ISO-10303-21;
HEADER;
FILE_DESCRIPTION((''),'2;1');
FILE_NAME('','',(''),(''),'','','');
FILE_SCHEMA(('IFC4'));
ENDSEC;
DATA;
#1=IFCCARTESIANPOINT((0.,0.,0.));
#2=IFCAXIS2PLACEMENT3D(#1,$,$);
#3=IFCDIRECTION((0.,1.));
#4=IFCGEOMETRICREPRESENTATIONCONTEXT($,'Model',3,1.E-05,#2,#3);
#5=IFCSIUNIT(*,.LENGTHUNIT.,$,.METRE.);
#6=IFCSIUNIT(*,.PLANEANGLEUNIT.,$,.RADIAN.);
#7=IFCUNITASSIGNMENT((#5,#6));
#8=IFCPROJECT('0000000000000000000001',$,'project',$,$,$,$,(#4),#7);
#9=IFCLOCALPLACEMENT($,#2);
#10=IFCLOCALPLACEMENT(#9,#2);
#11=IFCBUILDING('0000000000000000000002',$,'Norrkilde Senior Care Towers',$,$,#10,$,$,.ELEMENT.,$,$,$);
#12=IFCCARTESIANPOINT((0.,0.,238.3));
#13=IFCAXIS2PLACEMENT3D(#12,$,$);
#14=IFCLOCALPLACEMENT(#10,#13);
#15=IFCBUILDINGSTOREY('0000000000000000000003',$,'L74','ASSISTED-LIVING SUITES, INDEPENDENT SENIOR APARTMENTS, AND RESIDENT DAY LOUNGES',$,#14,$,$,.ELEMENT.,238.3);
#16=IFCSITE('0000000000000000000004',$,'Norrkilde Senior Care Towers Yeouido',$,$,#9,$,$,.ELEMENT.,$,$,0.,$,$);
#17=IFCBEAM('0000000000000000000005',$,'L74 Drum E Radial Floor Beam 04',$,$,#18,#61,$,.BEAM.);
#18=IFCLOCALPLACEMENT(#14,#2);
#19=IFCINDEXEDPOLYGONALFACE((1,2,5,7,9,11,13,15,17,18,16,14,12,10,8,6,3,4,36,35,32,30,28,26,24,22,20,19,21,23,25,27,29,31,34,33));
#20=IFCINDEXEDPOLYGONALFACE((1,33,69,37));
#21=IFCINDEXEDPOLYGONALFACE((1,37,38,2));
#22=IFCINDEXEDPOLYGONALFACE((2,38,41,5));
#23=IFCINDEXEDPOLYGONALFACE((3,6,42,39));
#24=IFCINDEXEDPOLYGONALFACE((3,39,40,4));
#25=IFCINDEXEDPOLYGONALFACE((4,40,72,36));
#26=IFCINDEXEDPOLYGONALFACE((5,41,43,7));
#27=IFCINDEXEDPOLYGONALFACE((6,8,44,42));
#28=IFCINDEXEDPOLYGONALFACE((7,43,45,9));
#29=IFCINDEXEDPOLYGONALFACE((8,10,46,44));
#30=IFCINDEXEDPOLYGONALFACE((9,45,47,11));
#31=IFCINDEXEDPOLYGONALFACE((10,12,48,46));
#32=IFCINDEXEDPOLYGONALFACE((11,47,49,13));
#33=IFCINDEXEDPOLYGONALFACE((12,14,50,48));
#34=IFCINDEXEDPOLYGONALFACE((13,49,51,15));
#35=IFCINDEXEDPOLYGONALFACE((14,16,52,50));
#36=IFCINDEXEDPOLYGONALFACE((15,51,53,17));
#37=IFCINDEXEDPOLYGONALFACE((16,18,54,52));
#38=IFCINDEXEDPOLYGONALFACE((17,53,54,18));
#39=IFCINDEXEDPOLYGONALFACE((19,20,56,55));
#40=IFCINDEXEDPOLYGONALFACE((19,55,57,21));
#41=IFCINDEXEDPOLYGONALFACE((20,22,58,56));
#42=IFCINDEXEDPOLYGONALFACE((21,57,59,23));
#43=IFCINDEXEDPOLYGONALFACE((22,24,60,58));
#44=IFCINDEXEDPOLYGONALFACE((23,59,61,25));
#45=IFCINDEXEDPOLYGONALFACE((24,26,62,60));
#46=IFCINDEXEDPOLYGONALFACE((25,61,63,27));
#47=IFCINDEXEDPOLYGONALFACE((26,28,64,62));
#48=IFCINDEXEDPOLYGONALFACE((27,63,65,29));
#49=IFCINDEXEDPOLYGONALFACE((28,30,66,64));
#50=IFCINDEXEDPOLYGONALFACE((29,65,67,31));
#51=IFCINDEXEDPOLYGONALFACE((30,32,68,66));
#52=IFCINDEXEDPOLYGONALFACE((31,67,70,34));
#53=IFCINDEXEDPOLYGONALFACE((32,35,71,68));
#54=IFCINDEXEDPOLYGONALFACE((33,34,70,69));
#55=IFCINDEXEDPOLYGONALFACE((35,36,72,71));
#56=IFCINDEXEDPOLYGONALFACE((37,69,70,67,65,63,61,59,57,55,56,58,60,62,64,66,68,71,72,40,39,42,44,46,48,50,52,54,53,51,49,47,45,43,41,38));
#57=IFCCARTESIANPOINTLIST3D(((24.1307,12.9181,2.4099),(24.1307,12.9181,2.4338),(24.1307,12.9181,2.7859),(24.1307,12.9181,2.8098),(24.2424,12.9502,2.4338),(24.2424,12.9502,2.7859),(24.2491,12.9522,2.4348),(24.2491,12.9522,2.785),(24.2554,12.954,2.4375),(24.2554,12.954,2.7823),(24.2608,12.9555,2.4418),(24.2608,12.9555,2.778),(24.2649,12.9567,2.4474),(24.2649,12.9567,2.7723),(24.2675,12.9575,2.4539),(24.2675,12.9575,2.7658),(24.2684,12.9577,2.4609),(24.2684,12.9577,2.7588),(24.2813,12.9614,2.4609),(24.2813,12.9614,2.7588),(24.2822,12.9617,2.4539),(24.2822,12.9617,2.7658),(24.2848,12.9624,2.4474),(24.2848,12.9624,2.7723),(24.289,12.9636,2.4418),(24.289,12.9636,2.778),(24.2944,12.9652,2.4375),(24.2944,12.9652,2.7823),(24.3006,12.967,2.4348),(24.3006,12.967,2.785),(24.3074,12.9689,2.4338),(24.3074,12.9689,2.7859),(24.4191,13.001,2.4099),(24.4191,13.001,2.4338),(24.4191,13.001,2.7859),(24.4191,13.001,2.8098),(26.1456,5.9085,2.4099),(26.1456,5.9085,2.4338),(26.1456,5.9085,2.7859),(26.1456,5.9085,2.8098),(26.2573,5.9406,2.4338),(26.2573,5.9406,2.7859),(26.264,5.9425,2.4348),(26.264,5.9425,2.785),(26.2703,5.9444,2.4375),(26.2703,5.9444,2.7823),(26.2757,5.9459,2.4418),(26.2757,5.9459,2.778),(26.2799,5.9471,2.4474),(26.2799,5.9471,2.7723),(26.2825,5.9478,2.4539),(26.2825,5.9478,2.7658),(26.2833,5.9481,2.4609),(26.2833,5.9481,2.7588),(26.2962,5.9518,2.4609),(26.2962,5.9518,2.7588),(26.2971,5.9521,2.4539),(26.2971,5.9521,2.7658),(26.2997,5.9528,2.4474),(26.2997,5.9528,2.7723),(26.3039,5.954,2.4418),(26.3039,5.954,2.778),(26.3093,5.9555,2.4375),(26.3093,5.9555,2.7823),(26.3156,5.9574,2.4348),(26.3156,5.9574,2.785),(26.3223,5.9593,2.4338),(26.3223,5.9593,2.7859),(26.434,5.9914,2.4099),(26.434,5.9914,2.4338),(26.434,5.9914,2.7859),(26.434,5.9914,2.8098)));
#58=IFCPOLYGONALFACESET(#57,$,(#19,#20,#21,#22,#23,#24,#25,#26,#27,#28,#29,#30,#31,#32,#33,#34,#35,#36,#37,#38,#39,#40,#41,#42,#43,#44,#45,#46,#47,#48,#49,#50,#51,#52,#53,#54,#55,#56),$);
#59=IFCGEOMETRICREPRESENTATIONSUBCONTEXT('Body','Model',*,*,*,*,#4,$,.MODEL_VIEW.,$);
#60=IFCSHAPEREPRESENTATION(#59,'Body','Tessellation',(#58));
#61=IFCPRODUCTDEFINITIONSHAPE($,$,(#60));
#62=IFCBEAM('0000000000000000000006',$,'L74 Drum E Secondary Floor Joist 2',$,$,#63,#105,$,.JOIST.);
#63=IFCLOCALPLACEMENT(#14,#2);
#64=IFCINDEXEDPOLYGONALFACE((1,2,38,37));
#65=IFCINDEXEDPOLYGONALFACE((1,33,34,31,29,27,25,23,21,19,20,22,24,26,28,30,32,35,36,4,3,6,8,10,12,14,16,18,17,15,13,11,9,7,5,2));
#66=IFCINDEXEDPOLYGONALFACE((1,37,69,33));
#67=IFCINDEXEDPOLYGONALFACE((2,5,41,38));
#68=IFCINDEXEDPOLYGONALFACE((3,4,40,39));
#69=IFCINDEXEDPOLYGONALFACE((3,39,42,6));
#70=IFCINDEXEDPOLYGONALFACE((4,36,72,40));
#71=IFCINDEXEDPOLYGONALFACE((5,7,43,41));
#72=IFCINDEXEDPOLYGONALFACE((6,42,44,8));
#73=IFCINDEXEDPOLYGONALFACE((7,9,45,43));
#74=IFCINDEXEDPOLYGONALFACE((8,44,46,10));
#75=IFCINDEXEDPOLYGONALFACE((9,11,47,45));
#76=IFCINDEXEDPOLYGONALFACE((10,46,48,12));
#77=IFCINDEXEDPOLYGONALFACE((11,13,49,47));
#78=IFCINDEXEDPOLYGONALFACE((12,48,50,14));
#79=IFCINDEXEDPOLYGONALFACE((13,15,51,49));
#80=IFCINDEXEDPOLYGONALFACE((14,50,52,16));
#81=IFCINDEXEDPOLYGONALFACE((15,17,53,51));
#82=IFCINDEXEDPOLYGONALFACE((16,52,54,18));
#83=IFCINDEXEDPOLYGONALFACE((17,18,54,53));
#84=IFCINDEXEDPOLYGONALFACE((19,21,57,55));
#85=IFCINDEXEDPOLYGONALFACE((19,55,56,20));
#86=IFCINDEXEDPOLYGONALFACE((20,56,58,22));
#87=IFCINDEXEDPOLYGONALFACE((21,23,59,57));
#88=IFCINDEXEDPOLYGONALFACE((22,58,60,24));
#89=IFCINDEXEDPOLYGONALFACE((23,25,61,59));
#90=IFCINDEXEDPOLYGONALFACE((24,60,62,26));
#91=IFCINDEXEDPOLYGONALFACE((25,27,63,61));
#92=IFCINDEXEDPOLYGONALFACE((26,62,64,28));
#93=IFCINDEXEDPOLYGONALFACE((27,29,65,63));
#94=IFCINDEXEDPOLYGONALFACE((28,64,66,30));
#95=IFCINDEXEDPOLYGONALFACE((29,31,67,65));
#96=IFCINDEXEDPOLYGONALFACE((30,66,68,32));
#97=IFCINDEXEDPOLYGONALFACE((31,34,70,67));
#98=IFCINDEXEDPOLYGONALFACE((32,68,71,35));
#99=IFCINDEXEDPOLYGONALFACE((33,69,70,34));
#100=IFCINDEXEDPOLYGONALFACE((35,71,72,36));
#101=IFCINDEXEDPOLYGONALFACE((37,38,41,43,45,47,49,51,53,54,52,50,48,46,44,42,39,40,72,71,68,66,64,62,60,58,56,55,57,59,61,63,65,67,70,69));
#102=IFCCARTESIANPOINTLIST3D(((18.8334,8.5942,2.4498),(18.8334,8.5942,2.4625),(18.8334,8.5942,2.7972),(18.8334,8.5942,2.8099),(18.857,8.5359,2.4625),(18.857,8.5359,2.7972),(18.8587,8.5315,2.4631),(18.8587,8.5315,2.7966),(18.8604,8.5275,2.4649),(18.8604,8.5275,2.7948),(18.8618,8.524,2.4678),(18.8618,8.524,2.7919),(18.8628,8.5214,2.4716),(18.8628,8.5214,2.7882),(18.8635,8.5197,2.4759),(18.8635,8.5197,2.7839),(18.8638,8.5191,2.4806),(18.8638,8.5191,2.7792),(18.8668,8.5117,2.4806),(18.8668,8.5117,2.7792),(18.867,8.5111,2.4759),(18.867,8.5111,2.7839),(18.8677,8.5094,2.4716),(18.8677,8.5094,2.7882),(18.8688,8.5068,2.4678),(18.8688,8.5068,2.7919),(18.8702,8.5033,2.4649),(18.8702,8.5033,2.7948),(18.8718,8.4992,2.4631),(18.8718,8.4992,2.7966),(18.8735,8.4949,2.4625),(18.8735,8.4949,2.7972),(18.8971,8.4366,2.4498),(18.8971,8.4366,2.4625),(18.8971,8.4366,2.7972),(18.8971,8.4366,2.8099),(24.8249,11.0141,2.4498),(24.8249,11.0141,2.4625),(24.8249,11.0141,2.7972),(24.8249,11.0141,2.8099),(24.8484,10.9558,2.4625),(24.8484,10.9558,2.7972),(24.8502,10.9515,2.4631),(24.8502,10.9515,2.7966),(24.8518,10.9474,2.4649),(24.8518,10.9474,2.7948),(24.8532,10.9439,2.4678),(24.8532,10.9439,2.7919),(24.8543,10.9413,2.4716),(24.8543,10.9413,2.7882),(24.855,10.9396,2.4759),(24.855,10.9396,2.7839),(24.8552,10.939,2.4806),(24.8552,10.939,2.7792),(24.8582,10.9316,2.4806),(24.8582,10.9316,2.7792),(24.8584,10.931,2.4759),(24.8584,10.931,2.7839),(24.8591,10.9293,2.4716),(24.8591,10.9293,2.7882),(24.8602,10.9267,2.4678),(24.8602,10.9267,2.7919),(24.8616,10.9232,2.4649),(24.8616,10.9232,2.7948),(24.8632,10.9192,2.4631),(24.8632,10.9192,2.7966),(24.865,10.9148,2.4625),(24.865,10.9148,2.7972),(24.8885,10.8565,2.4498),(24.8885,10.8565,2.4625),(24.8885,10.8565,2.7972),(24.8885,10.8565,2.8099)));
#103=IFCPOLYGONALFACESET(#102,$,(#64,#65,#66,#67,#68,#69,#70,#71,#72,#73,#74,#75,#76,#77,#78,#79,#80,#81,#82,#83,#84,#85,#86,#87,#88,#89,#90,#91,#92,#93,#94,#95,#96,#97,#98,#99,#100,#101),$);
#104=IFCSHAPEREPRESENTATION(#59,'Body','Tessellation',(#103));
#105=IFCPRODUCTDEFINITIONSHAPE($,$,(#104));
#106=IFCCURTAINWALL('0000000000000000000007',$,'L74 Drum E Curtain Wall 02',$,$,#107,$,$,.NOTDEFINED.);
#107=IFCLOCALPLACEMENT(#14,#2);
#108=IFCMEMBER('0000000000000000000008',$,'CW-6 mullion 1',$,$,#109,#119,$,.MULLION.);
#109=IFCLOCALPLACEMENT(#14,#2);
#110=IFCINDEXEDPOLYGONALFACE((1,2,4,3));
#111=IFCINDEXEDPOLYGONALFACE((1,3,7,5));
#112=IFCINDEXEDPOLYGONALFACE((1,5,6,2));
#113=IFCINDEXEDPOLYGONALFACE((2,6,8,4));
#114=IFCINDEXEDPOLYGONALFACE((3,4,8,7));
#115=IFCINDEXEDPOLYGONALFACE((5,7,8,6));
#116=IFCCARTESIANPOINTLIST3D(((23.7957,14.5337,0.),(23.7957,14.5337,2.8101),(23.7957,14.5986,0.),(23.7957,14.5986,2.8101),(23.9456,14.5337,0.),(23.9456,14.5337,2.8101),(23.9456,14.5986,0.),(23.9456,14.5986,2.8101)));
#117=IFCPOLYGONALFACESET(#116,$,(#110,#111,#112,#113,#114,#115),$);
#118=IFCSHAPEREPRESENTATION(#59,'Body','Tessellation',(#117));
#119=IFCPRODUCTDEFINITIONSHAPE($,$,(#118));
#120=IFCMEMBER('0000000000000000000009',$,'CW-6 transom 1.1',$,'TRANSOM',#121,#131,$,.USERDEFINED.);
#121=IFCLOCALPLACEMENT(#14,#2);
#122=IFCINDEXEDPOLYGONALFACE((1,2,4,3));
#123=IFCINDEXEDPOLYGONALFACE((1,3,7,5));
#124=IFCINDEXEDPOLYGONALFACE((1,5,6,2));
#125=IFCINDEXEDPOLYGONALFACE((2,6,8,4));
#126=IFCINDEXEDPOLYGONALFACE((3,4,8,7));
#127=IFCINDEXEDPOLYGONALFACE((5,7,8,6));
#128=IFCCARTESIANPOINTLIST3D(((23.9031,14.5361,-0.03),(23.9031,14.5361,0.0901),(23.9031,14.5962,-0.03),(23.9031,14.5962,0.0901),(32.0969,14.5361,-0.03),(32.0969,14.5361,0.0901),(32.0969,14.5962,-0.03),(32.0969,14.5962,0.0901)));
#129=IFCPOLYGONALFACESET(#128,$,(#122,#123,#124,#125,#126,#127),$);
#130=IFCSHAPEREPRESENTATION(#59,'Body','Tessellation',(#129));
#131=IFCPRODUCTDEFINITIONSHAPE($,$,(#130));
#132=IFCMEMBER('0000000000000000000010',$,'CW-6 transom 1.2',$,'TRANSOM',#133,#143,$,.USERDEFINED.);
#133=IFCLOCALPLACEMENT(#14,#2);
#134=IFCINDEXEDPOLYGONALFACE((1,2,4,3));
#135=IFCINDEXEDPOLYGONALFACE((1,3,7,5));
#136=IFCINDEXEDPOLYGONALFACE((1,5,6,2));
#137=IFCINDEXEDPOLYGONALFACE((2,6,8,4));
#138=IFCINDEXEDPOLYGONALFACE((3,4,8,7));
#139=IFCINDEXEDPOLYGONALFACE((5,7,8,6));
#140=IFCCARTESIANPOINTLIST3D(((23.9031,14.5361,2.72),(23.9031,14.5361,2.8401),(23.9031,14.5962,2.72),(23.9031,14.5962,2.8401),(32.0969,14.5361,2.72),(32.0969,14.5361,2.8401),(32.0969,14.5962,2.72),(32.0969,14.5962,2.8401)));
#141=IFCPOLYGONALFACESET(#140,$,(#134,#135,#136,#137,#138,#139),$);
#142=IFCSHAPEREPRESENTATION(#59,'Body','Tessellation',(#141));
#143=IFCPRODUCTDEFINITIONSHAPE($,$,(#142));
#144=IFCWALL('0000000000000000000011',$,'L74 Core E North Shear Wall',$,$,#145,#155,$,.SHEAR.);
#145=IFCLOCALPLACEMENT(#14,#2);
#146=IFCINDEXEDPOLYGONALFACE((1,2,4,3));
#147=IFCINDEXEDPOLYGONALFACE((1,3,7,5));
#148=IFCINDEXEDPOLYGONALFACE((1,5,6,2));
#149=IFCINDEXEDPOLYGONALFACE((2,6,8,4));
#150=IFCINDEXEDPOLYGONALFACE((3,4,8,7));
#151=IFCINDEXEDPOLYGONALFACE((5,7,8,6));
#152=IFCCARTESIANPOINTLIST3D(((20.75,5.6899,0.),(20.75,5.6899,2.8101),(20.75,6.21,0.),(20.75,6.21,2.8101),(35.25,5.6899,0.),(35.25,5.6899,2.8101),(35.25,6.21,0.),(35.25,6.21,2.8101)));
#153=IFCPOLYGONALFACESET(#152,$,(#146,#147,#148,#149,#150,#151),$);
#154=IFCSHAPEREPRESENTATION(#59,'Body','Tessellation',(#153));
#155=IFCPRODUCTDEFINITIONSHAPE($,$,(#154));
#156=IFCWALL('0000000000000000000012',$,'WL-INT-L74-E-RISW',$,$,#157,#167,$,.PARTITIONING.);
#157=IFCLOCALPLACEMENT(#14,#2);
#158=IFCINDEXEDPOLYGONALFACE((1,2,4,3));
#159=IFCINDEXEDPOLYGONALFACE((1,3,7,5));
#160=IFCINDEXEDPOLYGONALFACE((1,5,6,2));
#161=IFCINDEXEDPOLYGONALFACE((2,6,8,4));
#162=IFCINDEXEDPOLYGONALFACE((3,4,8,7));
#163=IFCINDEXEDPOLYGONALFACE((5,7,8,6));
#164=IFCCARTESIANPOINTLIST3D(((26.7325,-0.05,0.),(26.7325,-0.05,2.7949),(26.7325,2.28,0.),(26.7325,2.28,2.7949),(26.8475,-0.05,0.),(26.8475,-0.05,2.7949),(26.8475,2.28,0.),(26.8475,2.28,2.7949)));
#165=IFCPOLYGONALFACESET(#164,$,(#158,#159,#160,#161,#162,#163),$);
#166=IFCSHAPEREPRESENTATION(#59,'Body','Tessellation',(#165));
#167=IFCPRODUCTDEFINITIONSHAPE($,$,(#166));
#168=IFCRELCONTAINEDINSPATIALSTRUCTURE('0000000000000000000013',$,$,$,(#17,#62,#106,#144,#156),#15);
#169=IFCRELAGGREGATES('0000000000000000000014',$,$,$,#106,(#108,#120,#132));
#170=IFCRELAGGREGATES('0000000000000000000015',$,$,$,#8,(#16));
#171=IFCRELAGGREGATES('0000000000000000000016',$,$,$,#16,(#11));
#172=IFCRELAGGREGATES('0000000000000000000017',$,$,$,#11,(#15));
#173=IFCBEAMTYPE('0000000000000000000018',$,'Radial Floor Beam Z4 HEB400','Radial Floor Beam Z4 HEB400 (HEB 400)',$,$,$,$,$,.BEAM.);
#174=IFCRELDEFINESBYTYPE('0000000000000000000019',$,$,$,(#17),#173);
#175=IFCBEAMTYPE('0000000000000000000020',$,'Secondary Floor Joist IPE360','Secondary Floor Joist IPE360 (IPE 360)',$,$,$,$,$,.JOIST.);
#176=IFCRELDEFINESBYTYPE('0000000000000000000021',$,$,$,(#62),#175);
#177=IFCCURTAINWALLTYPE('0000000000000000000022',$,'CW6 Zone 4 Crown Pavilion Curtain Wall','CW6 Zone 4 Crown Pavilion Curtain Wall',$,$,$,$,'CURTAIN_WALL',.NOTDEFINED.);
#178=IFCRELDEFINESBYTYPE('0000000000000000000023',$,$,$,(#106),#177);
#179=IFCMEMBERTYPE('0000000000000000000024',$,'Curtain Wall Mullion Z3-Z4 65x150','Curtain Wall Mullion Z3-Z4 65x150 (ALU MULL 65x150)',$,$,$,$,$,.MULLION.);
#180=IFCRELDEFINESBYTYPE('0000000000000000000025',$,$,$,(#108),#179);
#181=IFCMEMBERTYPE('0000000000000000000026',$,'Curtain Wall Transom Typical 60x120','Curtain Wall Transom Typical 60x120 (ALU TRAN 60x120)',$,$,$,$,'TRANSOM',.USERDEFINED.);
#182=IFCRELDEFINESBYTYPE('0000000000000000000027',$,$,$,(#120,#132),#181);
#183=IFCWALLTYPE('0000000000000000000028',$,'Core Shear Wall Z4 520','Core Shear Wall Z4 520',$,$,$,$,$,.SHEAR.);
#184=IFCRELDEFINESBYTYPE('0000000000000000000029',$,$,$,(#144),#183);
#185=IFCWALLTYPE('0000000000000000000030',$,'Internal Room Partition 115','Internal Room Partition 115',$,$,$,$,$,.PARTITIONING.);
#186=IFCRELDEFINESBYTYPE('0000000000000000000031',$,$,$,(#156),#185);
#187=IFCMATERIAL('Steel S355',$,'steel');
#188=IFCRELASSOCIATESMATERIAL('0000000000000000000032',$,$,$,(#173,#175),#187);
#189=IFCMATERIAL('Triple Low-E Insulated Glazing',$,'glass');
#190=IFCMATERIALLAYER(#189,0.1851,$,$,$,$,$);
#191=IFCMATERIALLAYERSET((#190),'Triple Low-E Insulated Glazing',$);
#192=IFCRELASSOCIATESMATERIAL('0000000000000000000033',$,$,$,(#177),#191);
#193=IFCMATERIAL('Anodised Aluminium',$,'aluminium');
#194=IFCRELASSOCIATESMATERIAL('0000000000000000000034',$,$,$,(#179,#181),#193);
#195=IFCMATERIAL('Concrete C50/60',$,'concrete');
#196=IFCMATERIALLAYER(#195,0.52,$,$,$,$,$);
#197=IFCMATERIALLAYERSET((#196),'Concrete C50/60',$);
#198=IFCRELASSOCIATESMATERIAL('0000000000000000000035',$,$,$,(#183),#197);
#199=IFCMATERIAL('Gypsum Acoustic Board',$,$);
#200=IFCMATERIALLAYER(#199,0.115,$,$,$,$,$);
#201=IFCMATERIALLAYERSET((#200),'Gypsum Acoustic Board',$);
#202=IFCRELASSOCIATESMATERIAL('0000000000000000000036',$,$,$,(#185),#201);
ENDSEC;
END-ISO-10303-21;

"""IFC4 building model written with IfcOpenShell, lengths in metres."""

from ifc_helpers import new_model, si_unit, direction, frame, frame_2d, origin, origin_2d, place, context, subcontext, project, spatial, rectangle, i_section, extrude, source, transform, mapped, material, layer, layer_set, material_profile, profile_set, type_object, type_shapes, element, aggregate, save


model = new_model("IFC4")

# Units and contexts
model_context = context("Model", 3, precision=1e-05, world=origin(), true_north=direction((0.0, 1.0)))
body_context = subcontext(model_context, "Body", "Model", "MODEL_VIEW")
ifc_project = project(units=[si_unit("LENGTHUNIT", "METRE"), si_unit("PLANEANGLEUNIT", "RADIAN")], contexts=[model_context])

# Site, building, storey
site_placement = place(None, origin())
site = spatial("IfcSite", under=ifc_project, at=site_placement, Name="Norrkilde Senior Care Towers Yeouido", CompositionType="ELEMENT", RefElevation=0.0)
building_placement = place(site_placement, origin())
building = spatial("IfcBuilding", under=site, at=building_placement, Name="Norrkilde Senior Care Towers", CompositionType="ELEMENT")
storey_placement = place(building_placement, frame((0.0, 0.0, 238.3)))
storey = spatial("IfcBuildingStorey", under=building, at=storey_placement, Name="L74", Description="ASSISTED-LIVING SUITES, INDEPENDENT SENIOR APARTMENTS, AND RESIDENT DAY LOUNGES", CompositionType="ELEMENT", Elevation=238.3)

# Shared definitions
ifc_material_1 = material(Name="Concrete C50/60", Category="concrete")

# Beams
ifc_material_2 = material(Name="Steel S355", Category="steel")
ifc_material_profile_1 = material_profile(ifc_material_2, i_section(OverallWidth=0.3, OverallDepth=0.3999, WebThickness=0.0134, FlangeThickness=0.0239, FilletRadius=0.0271, at=origin_2d()), Name="HEB 400")
ifc_profile_set_1 = profile_set([ifc_material_profile_1], Name="Steel S355")
beam_type_1 = type_object("IfcBeamType", Name="Radial Floor Beam Z4 HEB400", Description="Radial Floor Beam Z4 HEB400 (HEB 400)", PredefinedType="BEAM", material=ifc_profile_set_1)
shared_shape_1 = source(origin(), body_context, "Body", "SweptSolid", [
    extrude(i_section(OverallWidth=0.3, OverallDepth=0.3999, WebThickness=0.0134, FlangeThickness=0.0239, FilletRadius=0.0271, at=origin_2d()), origin(), (0.0, 0.0, 1.0), 7.2935),
])
beam_1_placement = place(storey_placement, frame((26.2898, 5.95, 2.6099), z_axis=(-0.276264, 0.961082, 0.0), x_axis=(-0.961082, -0.276264, 0.0)))
element("IfcBeam", 1, at=beam_1_placement, inside=storey, type_object=beam_type_1, Name="L74 Drum E Radial Floor Beam 04", PredefinedType="BEAM", context=body_context, shape_type="MappedRepresentation", body=[
    mapped(shared_shape_1, transform((0.0, 0.0, 0.0), x_axis=(1.0, 0.0, 0.0), y_axis=(0.0, 1.0, 0.0), z_axis=(0.0, 0.0, 1.0), scale=1.0)),
])
ifc_material_profile_2 = material_profile(ifc_material_2, i_section(OverallWidth=0.1699, OverallDepth=0.3601, WebThickness=0.0081, FlangeThickness=0.0127, FilletRadius=0.0181, at=origin_2d()), Name="IPE 360")
ifc_profile_set_2 = profile_set([ifc_material_profile_2], Name="Steel S355")
beam_type_2 = type_object("IfcBeamType", Name="Secondary Floor Joist IPE360", Description="Secondary Floor Joist IPE360 (IPE 360)", PredefinedType="JOIST", material=ifc_profile_set_2)
shared_shape_2 = source(origin(), body_context, "Body", "SweptSolid", [
    extrude(i_section(OverallWidth=0.1699, OverallDepth=0.3601, WebThickness=0.0081, FlangeThickness=0.0127, FilletRadius=0.0181, at=origin_2d()), origin(), (0.0, 0.0, 1.0), 6.4617),
])
type_shapes(beam_type_2, [shared_shape_2])
beam_2_placement = place(storey_placement, frame((24.8567, 10.9353, 2.6299), z_axis=(-0.927226, -0.374502, 0.0), x_axis=(0.374502, -0.927226, 0.0)))
element("IfcBeam", 2, at=beam_2_placement, inside=storey, type_object=beam_type_2, Name="L74 Drum E Secondary Floor Joist 2", PredefinedType="JOIST", context=body_context, shape_type="MappedRepresentation", body=[
    mapped(shared_shape_2, transform((0.0, 0.0, 0.0), x_axis=(1.0, 0.0, 0.0), y_axis=(0.0, 1.0, 0.0), z_axis=(0.0, 0.0, 1.0), scale=1.0)),
])

# Curtain wall, members
ifc_material_3 = material(Name="Triple Low-E Insulated Glazing", Category="glass")
ifc_layer_1 = layer(ifc_material_3, 0.1851)
ifc_layer_set_1 = layer_set([ifc_layer_1], Name="Triple Low-E Insulated Glazing")
curtain_wall_type = type_object("IfcCurtainWallType", Name="CW6 Zone 4 Crown Pavilion Curtain Wall", Description="CW6 Zone 4 Crown Pavilion Curtain Wall", ElementType="CURTAIN_WALL", PredefinedType="NOTDEFINED", material=ifc_layer_set_1)
curtain_wall_placement = place(storey_placement, origin())
curtain_wall = element("IfcCurtainWall", 3, at=curtain_wall_placement, inside=storey, type_object=curtain_wall_type, Name="L74 Drum E Curtain Wall 02", PredefinedType="NOTDEFINED")
ifc_material_4 = material(Name="Anodised Aluminium", Category="aluminium")
ifc_material_profile_3 = material_profile(ifc_material_4, rectangle(XDim=0.0649, YDim=0.1499, at=origin_2d()), Name="ALU MULL 65x150")
ifc_profile_set_3 = profile_set([ifc_material_profile_3], Name="Anodised Aluminium")
member_type_1 = type_object("IfcMemberType", Name="Curtain Wall Mullion Z3-Z4 65x150", Description="Curtain Wall Mullion Z3-Z4 65x150 (ALU MULL 65x150)", PredefinedType="MULLION", material=ifc_profile_set_3)
shared_shape_3 = source(origin(), body_context, "Body", "SweptSolid", [
    extrude(rectangle(XDim=0.0649, YDim=0.1499, at=origin_2d()), origin(), (0.0, 0.0, 1.0), 2.8101),
])
type_shapes(member_type_1, [shared_shape_3])
member_1_placement = place(storey_placement, frame((23.8706, 14.5662, 0.0), z_axis=(0.0, 0.0, 1.0), x_axis=(0.0, 1.0, 0.0)))
member_1 = element("IfcMember", 4, at=member_1_placement, type_object=member_type_1, Name="CW-6 mullion 1", PredefinedType="MULLION", context=body_context, shape_type="MappedRepresentation", body=[
    mapped(shared_shape_3, transform((0.0, 0.0, 0.0), x_axis=(1.0, 0.0, 0.0), y_axis=(0.0, 1.0, 0.0), z_axis=(0.0, 0.0, 1.0), scale=1.0)),
])
ifc_material_profile_4 = material_profile(ifc_material_4, rectangle(XDim=0.0601, YDim=0.1201, at=origin_2d()), Name="ALU TRAN 60x120")
ifc_profile_set_4 = profile_set([ifc_material_profile_4], Name="Anodised Aluminium")
member_type_2 = type_object("IfcMemberType", Name="Curtain Wall Transom Typical 60x120", Description="Curtain Wall Transom Typical 60x120 (ALU TRAN 60x120)", ElementType="TRANSOM", PredefinedType="USERDEFINED", material=ifc_profile_set_4)
shared_shape_4 = source(origin(), body_context, "Body", "SweptSolid", [
    extrude(rectangle(XDim=0.0601, YDim=0.1201, at=origin_2d()), origin(), (0.0, 0.0, 1.0), 8.1938),
])
type_shapes(member_type_2, [shared_shape_4])
member_2_placement = place(storey_placement, frame((23.9031, 14.5662, 0.03), z_axis=(1.0, 0.0, 0.0), x_axis=(0.0, 1.0, 0.0)))
member_2 = element("IfcMember", 5, at=member_2_placement, type_object=member_type_2, Name="CW-6 transom 1.1", ObjectType="TRANSOM", PredefinedType="USERDEFINED", context=body_context, shape_type="MappedRepresentation", body=[
    mapped(shared_shape_4, transform((0.0, 0.0, 0.0), x_axis=(1.0, 0.0, 0.0), y_axis=(0.0, 1.0, 0.0), z_axis=(0.0, 0.0, 1.0), scale=1.0)),
])
member_3_placement = place(storey_placement, frame((23.9031, 14.5662, 2.78), z_axis=(1.0, 0.0, 0.0), x_axis=(0.0, 1.0, 0.0)))
member_3 = element("IfcMember", 6, at=member_3_placement, type_object=member_type_2, Name="CW-6 transom 1.2", ObjectType="TRANSOM", PredefinedType="USERDEFINED", context=body_context, shape_type="MappedRepresentation", body=[
    mapped(shared_shape_4, transform((0.0, 0.0, 0.0), x_axis=(1.0, 0.0, 0.0), y_axis=(0.0, 1.0, 0.0), z_axis=(0.0, 0.0, 1.0), scale=1.0)),
])
aggregate(curtain_wall, [member_1, member_2, member_3])

# Walls
ifc_layer_2 = layer(ifc_material_1, 0.52)
ifc_layer_set_2 = layer_set([ifc_layer_2], Name="Concrete C50/60")
wall_type_1 = type_object("IfcWallType", Name="Core Shear Wall Z4 520", Description="Core Shear Wall Z4 520", PredefinedType="SHEAR", material=ifc_layer_set_2)
shared_shape_5 = source(origin(), body_context, "Body", "SweptSolid", [
    extrude(rectangle(XDim=14.5, YDim=0.52, at=frame_2d((7.25, 0.0))), origin(), (0.0, 0.0, 1.0), 2.8101),
])
type_shapes(wall_type_1, [shared_shape_5])
wall_1_placement = place(storey_placement, frame((20.75, 5.95, 0.0), z_axis=(0.0, 0.0, 1.0), x_axis=(1.0, 0.0, 0.0)))
element("IfcWall", 7, at=wall_1_placement, inside=storey, type_object=wall_type_1, Name="L74 Core E North Shear Wall", PredefinedType="SHEAR", context=body_context, shape_type="MappedRepresentation", body=[
    mapped(shared_shape_5, transform((0.0, 0.0, 0.0), x_axis=(1.0, 0.0, 0.0), y_axis=(0.0, 1.0, 0.0), z_axis=(0.0, 0.0, 1.0), scale=1.0)),
])
ifc_material_5 = material(Name="Gypsum Acoustic Board")
ifc_layer_3 = layer(ifc_material_5, 0.115)
ifc_layer_set_3 = layer_set([ifc_layer_3], Name="Gypsum Acoustic Board")
wall_type_2 = type_object("IfcWallType", Name="Internal Room Partition 115", Description="Internal Room Partition 115", PredefinedType="PARTITIONING", material=ifc_layer_set_3)
shared_shape_6 = source(origin(), body_context, "Body", "SweptSolid", [
    extrude(rectangle(XDim=2.3301, YDim=0.115, at=frame_2d((1.165, 0.0))), origin(), (0.0, 0.0, 1.0), 2.7949),
])
type_shapes(wall_type_2, [shared_shape_6])
wall_2_placement = place(storey_placement, frame((26.79, -0.05, 0.0), z_axis=(0.0, 0.0, 1.0), x_axis=(0.0, 1.0, 0.0)))
element("IfcWall", 8, at=wall_2_placement, inside=storey, type_object=wall_type_2, Name="WL-INT-L74-E-RISW", PredefinedType="PARTITIONING", context=body_context, shape_type="MappedRepresentation", body=[
    mapped(shared_shape_6, transform((0.0, 0.0, 0.0), x_axis=(1.0, 0.0, 0.0), y_axis=(0.0, 1.0, 0.0), z_axis=(0.0, 0.0, 1.0), scale=1.0)),
])

save(model, "model.ifc")
